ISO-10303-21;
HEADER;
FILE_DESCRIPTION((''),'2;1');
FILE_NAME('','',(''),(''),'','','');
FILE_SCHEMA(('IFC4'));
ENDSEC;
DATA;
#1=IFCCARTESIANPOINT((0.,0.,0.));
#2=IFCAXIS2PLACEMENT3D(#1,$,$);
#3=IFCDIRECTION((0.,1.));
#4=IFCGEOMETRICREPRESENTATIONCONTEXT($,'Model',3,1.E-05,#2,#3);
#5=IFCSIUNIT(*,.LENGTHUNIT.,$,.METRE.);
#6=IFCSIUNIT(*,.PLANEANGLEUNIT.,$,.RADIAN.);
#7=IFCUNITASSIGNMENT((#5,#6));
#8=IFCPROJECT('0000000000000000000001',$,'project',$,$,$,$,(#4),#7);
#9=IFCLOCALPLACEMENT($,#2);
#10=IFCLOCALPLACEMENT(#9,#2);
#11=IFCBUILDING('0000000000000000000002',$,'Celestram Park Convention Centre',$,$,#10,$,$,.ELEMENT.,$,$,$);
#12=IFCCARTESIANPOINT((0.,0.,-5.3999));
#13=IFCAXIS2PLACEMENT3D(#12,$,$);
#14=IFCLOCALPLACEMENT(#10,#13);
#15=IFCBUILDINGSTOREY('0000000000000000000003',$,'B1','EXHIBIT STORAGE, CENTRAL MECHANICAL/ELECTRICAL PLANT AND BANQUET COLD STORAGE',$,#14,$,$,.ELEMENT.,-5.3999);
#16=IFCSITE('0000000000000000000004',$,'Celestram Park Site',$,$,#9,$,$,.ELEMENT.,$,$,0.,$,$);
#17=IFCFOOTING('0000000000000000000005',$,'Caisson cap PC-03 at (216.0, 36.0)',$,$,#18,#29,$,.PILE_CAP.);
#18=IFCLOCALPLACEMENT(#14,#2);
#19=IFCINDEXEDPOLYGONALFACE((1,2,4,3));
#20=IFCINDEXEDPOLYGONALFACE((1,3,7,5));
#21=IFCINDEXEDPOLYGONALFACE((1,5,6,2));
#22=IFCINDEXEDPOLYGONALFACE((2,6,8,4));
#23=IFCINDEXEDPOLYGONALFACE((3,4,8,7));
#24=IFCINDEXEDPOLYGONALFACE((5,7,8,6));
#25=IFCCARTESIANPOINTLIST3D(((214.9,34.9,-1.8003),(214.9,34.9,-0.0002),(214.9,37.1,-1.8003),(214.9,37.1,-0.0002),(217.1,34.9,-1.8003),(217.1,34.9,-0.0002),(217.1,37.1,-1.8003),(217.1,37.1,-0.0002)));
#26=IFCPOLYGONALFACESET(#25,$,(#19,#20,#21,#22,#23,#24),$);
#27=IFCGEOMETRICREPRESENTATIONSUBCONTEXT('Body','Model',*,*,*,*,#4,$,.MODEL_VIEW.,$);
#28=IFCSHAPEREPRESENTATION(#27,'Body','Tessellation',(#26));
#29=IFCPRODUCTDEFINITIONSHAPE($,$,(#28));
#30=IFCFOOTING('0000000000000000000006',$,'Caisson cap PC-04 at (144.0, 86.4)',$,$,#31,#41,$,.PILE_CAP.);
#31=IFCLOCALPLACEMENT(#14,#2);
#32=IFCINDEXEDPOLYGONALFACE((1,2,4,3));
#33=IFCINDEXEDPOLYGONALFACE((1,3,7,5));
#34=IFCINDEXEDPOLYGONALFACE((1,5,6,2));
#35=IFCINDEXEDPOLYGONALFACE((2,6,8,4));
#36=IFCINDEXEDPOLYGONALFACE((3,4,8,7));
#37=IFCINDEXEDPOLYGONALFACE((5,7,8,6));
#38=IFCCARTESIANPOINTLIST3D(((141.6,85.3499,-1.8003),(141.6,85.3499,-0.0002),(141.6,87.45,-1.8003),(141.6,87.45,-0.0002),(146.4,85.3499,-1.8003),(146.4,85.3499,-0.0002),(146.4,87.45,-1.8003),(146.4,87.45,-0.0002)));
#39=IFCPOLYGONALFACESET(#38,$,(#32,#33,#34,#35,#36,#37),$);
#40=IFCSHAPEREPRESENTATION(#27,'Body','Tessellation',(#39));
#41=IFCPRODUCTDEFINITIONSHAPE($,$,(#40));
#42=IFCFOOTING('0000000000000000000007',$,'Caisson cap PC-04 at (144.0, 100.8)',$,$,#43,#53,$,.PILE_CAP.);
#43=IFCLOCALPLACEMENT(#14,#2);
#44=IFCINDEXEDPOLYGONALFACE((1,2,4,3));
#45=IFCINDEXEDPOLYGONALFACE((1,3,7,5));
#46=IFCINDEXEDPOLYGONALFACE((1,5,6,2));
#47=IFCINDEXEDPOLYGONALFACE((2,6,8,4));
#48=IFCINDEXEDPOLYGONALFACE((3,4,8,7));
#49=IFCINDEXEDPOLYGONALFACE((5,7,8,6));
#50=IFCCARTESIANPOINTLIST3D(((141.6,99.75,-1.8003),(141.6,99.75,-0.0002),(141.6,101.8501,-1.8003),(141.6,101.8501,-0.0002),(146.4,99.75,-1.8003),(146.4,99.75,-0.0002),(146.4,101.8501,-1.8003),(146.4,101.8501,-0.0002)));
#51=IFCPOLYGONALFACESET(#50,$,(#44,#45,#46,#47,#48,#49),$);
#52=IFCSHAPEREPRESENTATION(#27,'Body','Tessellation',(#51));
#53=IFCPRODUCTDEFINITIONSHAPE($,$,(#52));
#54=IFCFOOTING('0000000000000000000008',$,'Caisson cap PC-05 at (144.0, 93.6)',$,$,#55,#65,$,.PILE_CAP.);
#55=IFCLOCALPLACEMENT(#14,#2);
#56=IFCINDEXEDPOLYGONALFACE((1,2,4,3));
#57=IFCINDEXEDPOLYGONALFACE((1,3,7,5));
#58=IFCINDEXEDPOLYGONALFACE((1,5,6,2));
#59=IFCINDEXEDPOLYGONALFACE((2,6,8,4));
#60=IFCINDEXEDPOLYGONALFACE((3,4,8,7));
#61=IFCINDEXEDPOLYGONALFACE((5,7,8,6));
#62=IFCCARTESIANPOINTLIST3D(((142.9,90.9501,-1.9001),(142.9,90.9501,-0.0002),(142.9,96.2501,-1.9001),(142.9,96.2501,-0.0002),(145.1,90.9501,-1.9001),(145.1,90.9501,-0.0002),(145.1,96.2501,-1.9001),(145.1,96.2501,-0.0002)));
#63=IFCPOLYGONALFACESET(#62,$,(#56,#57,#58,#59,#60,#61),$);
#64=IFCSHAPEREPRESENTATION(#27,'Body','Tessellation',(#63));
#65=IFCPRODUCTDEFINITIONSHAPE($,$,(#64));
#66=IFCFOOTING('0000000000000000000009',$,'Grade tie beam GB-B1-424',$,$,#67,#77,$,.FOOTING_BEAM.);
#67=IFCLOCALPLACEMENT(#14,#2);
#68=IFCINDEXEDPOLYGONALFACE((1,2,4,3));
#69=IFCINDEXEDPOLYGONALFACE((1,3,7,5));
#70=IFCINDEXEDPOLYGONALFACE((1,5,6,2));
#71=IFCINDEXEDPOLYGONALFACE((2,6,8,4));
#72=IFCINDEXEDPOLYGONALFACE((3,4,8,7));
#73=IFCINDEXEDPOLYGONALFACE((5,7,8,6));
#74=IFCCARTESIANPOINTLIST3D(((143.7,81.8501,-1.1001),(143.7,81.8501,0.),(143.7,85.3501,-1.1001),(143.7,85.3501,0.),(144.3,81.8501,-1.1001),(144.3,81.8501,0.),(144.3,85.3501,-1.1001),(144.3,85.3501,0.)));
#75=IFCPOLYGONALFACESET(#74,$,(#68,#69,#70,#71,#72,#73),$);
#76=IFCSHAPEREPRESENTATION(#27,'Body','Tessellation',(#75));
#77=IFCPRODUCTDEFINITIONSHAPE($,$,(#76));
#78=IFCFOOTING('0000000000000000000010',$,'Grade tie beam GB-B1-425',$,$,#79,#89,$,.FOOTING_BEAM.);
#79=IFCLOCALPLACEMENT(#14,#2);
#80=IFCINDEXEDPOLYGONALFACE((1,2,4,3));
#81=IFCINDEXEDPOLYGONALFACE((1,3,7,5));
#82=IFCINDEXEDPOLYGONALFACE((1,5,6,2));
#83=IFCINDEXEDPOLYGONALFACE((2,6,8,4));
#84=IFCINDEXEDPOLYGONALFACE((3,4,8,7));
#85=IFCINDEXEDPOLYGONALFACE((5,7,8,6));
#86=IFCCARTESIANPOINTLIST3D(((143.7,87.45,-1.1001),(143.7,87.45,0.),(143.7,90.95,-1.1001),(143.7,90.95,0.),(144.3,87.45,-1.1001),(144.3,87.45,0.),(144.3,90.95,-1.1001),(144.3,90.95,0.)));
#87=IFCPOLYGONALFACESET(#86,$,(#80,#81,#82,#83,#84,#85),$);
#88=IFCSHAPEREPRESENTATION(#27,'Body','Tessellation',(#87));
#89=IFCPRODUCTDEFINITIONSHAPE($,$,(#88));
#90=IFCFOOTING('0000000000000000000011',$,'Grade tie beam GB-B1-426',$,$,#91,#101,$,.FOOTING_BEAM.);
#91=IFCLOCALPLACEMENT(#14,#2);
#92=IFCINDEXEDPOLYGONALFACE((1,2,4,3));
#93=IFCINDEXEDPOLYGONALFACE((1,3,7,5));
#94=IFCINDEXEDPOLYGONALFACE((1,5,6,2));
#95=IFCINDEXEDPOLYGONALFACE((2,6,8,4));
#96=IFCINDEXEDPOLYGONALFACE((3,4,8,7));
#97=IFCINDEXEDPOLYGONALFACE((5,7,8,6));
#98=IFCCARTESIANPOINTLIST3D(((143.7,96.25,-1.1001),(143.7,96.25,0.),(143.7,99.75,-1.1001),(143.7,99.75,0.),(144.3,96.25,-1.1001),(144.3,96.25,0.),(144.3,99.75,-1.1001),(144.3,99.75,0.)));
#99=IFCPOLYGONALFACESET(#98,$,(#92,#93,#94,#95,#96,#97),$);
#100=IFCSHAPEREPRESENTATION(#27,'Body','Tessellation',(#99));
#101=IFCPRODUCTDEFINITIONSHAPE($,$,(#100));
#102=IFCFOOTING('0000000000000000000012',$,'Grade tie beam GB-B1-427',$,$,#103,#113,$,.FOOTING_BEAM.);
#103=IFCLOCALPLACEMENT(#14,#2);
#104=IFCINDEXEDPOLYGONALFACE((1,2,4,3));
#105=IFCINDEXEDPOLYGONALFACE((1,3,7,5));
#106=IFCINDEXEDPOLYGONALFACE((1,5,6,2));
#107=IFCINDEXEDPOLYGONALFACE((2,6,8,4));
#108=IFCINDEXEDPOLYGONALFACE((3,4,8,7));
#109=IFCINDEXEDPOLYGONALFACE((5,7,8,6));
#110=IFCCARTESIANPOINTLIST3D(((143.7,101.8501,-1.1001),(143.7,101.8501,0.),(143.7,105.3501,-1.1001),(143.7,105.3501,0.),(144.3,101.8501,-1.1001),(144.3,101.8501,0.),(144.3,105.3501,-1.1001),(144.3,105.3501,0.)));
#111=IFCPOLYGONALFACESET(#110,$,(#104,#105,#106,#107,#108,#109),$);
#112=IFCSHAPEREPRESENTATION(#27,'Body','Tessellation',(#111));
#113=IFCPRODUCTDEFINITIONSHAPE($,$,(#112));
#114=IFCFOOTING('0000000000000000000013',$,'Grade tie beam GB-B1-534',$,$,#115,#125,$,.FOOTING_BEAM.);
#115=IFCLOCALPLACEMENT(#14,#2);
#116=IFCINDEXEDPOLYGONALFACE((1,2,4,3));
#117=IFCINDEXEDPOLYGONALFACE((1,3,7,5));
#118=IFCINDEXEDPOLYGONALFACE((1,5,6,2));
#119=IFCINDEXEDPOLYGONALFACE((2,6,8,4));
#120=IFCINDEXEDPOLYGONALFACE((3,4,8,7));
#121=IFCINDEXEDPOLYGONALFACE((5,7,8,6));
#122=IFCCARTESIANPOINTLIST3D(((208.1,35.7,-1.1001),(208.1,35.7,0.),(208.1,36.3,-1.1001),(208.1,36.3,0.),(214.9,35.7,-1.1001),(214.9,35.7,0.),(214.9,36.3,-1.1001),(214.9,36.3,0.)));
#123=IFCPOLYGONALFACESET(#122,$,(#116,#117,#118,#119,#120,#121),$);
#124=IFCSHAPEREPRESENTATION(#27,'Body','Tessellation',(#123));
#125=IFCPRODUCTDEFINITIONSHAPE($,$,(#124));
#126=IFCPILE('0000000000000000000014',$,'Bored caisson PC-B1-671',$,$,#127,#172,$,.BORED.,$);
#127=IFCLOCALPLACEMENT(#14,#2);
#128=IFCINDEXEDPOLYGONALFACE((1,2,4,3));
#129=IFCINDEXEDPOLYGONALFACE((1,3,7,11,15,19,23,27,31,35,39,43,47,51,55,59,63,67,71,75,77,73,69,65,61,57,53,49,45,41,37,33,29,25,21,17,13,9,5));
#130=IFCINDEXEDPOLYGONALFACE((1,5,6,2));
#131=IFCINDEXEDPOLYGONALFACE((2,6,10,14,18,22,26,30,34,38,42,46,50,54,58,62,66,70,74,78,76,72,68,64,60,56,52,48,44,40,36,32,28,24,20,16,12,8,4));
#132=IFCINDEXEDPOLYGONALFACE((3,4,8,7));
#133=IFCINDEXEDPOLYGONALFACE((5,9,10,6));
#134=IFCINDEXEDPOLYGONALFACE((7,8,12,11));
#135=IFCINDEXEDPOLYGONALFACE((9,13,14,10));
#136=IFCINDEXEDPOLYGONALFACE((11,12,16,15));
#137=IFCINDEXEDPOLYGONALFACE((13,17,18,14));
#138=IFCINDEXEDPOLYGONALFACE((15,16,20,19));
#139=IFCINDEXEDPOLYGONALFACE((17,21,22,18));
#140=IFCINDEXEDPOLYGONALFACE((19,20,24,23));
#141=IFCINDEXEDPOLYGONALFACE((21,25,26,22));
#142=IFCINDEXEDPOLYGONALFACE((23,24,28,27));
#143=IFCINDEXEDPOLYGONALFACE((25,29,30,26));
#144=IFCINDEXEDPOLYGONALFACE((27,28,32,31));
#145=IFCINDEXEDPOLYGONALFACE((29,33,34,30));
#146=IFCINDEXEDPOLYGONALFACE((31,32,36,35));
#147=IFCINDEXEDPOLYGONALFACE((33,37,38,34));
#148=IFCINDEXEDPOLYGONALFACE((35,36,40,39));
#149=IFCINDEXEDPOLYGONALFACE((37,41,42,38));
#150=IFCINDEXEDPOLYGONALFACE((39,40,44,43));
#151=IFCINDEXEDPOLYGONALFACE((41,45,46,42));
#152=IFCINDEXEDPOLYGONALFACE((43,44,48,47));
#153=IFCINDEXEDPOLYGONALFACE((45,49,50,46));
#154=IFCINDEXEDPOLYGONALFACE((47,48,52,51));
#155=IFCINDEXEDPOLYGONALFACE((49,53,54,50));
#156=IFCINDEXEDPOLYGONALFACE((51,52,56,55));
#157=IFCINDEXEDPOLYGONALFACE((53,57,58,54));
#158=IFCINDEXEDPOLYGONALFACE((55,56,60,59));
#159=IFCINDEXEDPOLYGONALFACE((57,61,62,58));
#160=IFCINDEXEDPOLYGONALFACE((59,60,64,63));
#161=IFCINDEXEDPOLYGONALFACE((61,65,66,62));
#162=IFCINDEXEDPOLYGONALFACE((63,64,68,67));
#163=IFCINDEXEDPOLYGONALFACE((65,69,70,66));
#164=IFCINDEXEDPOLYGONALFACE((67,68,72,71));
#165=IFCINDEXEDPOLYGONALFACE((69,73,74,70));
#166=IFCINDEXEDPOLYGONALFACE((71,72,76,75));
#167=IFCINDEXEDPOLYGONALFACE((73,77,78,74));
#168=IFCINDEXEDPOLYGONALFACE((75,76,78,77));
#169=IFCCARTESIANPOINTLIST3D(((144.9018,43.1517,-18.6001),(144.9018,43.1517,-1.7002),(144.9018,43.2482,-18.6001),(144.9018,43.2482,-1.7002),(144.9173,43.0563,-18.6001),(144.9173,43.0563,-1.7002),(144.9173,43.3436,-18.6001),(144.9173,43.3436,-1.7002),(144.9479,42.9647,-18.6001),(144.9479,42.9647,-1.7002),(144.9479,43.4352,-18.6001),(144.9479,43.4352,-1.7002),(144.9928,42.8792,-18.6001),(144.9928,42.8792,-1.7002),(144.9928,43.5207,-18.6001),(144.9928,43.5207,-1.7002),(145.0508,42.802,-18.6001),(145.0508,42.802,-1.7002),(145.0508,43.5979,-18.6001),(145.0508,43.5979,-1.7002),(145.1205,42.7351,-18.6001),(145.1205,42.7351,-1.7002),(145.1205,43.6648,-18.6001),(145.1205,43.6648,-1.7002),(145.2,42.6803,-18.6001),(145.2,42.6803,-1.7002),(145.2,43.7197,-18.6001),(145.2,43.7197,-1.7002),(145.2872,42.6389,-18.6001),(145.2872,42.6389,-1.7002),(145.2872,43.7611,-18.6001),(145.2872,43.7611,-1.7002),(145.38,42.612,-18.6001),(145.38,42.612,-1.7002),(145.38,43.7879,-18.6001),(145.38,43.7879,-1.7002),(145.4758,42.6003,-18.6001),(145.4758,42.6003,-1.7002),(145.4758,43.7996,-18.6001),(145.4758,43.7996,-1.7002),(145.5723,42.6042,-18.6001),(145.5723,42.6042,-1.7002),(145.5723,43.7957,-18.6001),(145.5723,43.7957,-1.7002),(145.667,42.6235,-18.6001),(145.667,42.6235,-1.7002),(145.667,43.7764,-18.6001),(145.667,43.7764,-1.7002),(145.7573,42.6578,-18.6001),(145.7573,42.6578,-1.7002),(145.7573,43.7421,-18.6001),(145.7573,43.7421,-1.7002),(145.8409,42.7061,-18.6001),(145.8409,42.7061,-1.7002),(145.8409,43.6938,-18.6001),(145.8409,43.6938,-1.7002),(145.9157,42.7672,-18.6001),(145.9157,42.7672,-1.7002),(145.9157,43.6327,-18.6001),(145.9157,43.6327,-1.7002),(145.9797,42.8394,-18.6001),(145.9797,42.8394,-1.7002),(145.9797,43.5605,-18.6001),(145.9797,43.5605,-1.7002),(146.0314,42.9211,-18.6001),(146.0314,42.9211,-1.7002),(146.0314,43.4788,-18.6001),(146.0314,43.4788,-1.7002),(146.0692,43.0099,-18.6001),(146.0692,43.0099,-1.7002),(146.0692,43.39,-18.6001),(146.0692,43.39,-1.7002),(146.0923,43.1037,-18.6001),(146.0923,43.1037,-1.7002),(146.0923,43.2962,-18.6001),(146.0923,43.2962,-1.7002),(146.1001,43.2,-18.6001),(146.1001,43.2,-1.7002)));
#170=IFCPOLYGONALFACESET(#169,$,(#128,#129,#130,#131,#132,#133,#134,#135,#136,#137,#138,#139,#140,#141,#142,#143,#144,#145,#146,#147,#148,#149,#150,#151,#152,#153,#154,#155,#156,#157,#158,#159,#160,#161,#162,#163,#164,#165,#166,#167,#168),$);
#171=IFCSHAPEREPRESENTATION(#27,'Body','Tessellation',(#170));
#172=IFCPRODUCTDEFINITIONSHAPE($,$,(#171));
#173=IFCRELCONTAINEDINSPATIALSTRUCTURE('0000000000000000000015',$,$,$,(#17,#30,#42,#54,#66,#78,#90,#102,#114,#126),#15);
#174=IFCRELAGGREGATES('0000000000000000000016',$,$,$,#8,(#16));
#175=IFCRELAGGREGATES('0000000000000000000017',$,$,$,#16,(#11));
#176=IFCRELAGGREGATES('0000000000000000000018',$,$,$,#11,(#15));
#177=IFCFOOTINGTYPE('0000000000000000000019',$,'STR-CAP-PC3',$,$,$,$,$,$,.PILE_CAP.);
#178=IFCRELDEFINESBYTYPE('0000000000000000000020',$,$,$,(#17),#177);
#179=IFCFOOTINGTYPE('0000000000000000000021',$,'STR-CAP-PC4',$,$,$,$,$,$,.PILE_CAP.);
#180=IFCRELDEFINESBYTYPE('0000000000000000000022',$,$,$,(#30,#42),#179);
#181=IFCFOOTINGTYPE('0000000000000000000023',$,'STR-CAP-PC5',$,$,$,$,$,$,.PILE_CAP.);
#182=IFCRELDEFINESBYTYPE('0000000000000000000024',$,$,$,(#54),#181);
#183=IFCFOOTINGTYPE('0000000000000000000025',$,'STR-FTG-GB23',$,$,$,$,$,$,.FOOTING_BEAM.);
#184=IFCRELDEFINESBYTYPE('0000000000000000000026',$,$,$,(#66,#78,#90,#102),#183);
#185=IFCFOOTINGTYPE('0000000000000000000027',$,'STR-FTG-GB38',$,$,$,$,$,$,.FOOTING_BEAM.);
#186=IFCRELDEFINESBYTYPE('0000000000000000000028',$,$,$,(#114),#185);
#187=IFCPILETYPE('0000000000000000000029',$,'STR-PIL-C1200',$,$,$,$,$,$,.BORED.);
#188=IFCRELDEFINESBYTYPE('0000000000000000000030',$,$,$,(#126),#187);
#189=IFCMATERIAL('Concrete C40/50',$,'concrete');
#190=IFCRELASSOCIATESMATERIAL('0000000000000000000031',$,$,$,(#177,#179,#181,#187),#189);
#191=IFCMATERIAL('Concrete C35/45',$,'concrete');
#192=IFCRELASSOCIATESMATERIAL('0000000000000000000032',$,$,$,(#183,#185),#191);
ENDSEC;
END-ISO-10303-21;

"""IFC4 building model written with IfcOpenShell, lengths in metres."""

from ifc_helpers import new_model, si_unit, direction, frame, origin, origin_2d, place, context, subcontext, project, spatial, rectangle, circle, extrude, material, material_profile, profile_set, type_object, element, save


model = new_model("IFC4")

# Units and contexts
model_context = context("Model", 3, precision=1e-05, world=origin(), true_north=direction((0.0, 1.0)))
body_context = subcontext(model_context, "Body", "Model", "MODEL_VIEW")
ifc_project = project(units=[si_unit("LENGTHUNIT", "METRE"), si_unit("PLANEANGLEUNIT", "RADIAN")], contexts=[model_context])

# Site, building, storey
site_placement = place(None, origin())
site = spatial("IfcSite", under=ifc_project, at=site_placement, Name="Celestram Park Site", CompositionType="ELEMENT", RefElevation=0.0)
building_placement = place(site_placement, origin())
building = spatial("IfcBuilding", under=site, at=building_placement, Name="Celestram Park Convention Centre", CompositionType="ELEMENT")
storey_placement = place(building_placement, frame((0.0, 0.0, -5.3999)))
storey = spatial("IfcBuildingStorey", under=building, at=storey_placement, Name="B1", Description="EXHIBIT STORAGE, CENTRAL MECHANICAL/ELECTRICAL PLANT AND BANQUET COLD STORAGE", CompositionType="ELEMENT", Elevation=-5.3999)

# Footings
ifc_material_1 = material(Name="Concrete C40/50", Category="concrete")
footing_type_1 = type_object("IfcFootingType", Name="STR-CAP-PC3", PredefinedType="PILE_CAP", material=ifc_material_1)
footing_1_placement = place(storey_placement, frame((216.0, 36.0, -1.8003), z_axis=(0.0, 0.0, 1.0), x_axis=(1.0, 0.0, 0.0)))
element("IfcFooting", 1, at=footing_1_placement, inside=storey, type_object=footing_type_1, Name="Caisson cap PC-03 at (216.0, 36.0)", PredefinedType="PILE_CAP", context=body_context, shape_type="SweptSolid", body=[
    extrude(rectangle(XDim=2.2, YDim=2.2, at=origin_2d()), origin(), (0.0, 0.0, 1.0), 1.8),
])
footing_type_2 = type_object("IfcFootingType", Name="STR-CAP-PC4", PredefinedType="PILE_CAP", material=ifc_material_1)
for number, where, z_axis, x_axis, name in (
    (2, (144.0, 86.3999, -1.8003), (0.0, 0.0, 1.0), (1.0, 0.0, 0.0), "Caisson cap PC-04 at (144.0, 86.4)"),
    (3, (144.0, 100.8, -1.8003), (0.0, 0.0, 1.0), (1.0, 0.0, 0.0), "Caisson cap PC-04 at (144.0, 100.8)"),
):
    element("IfcFooting", number, at=place(storey_placement, frame(where, z_axis=z_axis, x_axis=x_axis)), inside=storey, type_object=footing_type_2, Name=name, PredefinedType="PILE_CAP", context=body_context, shape_type="SweptSolid", body=[
        extrude(rectangle(XDim=4.8, YDim=2.1001, at=origin_2d()), origin(), (0.0, 0.0, 1.0), 1.8),
    ])
footing_type_3 = type_object("IfcFootingType", Name="STR-CAP-PC5", PredefinedType="PILE_CAP", material=ifc_material_1)
footing_2_placement = place(storey_placement, frame((144.0, 93.6001, -1.9001), z_axis=(0.0, 0.0, 1.0), x_axis=(1.0, 0.0, 0.0)))
element("IfcFooting", 4, at=footing_2_placement, inside=storey, type_object=footing_type_3, Name="Caisson cap PC-05 at (144.0, 93.6)", PredefinedType="PILE_CAP", context=body_context, shape_type="SweptSolid", body=[
    extrude(rectangle(XDim=2.2, YDim=5.3, at=origin_2d()), origin(), (0.0, 0.0, 1.0), 1.8999),
])
ifc_material_2 = material(Name="Concrete C35/45", Category="concrete")
footing_type_4 = type_object("IfcFootingType", Name="STR-FTG-GB23", PredefinedType="FOOTING_BEAM", material=ifc_material_2)
for number, where, z_axis, x_axis, name in (
    (5, (144.0, 83.6001, -1.1001), (0.0, 0.0, 1.0), (0.0, 1.0, 0.0), "Grade tie beam GB-B1-424"),
    (6, (144.0, 89.2, -1.1001), (0.0, 0.0, 1.0), (0.0, 1.0, 0.0), "Grade tie beam GB-B1-425"),
    (7, (144.0, 98.0, -1.1001), (0.0, 0.0, 1.0), (0.0, 1.0, 0.0), "Grade tie beam GB-B1-426"),
    (8, (144.0, 103.6001, -1.1001), (0.0, 0.0, 1.0), (0.0, 1.0, 0.0), "Grade tie beam GB-B1-427"),
):
    element("IfcFooting", number, at=place(storey_placement, frame(where, z_axis=z_axis, x_axis=x_axis)), inside=storey, type_object=footing_type_4, Name=name, PredefinedType="FOOTING_BEAM", context=body_context, shape_type="SweptSolid", body=[
        extrude(rectangle(XDim=3.5, YDim=0.6001, at=origin_2d()), origin(), (0.0, 0.0, 1.0), 1.1001),
    ])
footing_type_5 = type_object("IfcFootingType", Name="STR-FTG-GB38", PredefinedType="FOOTING_BEAM", material=ifc_material_2)
footing_3_placement = place(storey_placement, frame((211.5, 36.0, -1.1001), z_axis=(0.0, 0.0, 1.0), x_axis=(1.0, 0.0, 0.0)))
element("IfcFooting", 9, at=footing_3_placement, inside=storey, type_object=footing_type_5, Name="Grade tie beam GB-B1-534", PredefinedType="FOOTING_BEAM", context=body_context, shape_type="SweptSolid", body=[
    extrude(rectangle(XDim=6.8, YDim=0.6001, at=origin_2d()), origin(), (0.0, 0.0, 1.0), 1.1001),
])

# Pile
ifc_material_profile_1 = material_profile(ifc_material_1, circle(Radius=0.6001, at=origin_2d()), Name="CAISSON1200")
ifc_profile_set_1 = profile_set([ifc_material_profile_1], Name="Concrete C40/50")
pile_type_1 = type_object("IfcPileType", Name="STR-PIL-C1200", PredefinedType="BORED", material=ifc_profile_set_1)
for number, where, z_axis, x_axis, name in (
    (10, (145.5, 43.2, -1.7002), (0.0, 0.0, -1.0), (1.0, 0.0, 0.0), "Bored caisson PC-B1-671"),
):
    element("IfcPile", number, at=place(storey_placement, frame(where, z_axis=z_axis, x_axis=x_axis)), inside=storey, type_object=pile_type_1, Name=name, PredefinedType="BORED", context=body_context, shape_type="SweptSolid", body=[
        extrude(circle(Radius=0.6001, at=origin_2d()), origin(), (0.0, 0.0, 1.0), 16.8999),
    ])

save(model, "model.ifc")
